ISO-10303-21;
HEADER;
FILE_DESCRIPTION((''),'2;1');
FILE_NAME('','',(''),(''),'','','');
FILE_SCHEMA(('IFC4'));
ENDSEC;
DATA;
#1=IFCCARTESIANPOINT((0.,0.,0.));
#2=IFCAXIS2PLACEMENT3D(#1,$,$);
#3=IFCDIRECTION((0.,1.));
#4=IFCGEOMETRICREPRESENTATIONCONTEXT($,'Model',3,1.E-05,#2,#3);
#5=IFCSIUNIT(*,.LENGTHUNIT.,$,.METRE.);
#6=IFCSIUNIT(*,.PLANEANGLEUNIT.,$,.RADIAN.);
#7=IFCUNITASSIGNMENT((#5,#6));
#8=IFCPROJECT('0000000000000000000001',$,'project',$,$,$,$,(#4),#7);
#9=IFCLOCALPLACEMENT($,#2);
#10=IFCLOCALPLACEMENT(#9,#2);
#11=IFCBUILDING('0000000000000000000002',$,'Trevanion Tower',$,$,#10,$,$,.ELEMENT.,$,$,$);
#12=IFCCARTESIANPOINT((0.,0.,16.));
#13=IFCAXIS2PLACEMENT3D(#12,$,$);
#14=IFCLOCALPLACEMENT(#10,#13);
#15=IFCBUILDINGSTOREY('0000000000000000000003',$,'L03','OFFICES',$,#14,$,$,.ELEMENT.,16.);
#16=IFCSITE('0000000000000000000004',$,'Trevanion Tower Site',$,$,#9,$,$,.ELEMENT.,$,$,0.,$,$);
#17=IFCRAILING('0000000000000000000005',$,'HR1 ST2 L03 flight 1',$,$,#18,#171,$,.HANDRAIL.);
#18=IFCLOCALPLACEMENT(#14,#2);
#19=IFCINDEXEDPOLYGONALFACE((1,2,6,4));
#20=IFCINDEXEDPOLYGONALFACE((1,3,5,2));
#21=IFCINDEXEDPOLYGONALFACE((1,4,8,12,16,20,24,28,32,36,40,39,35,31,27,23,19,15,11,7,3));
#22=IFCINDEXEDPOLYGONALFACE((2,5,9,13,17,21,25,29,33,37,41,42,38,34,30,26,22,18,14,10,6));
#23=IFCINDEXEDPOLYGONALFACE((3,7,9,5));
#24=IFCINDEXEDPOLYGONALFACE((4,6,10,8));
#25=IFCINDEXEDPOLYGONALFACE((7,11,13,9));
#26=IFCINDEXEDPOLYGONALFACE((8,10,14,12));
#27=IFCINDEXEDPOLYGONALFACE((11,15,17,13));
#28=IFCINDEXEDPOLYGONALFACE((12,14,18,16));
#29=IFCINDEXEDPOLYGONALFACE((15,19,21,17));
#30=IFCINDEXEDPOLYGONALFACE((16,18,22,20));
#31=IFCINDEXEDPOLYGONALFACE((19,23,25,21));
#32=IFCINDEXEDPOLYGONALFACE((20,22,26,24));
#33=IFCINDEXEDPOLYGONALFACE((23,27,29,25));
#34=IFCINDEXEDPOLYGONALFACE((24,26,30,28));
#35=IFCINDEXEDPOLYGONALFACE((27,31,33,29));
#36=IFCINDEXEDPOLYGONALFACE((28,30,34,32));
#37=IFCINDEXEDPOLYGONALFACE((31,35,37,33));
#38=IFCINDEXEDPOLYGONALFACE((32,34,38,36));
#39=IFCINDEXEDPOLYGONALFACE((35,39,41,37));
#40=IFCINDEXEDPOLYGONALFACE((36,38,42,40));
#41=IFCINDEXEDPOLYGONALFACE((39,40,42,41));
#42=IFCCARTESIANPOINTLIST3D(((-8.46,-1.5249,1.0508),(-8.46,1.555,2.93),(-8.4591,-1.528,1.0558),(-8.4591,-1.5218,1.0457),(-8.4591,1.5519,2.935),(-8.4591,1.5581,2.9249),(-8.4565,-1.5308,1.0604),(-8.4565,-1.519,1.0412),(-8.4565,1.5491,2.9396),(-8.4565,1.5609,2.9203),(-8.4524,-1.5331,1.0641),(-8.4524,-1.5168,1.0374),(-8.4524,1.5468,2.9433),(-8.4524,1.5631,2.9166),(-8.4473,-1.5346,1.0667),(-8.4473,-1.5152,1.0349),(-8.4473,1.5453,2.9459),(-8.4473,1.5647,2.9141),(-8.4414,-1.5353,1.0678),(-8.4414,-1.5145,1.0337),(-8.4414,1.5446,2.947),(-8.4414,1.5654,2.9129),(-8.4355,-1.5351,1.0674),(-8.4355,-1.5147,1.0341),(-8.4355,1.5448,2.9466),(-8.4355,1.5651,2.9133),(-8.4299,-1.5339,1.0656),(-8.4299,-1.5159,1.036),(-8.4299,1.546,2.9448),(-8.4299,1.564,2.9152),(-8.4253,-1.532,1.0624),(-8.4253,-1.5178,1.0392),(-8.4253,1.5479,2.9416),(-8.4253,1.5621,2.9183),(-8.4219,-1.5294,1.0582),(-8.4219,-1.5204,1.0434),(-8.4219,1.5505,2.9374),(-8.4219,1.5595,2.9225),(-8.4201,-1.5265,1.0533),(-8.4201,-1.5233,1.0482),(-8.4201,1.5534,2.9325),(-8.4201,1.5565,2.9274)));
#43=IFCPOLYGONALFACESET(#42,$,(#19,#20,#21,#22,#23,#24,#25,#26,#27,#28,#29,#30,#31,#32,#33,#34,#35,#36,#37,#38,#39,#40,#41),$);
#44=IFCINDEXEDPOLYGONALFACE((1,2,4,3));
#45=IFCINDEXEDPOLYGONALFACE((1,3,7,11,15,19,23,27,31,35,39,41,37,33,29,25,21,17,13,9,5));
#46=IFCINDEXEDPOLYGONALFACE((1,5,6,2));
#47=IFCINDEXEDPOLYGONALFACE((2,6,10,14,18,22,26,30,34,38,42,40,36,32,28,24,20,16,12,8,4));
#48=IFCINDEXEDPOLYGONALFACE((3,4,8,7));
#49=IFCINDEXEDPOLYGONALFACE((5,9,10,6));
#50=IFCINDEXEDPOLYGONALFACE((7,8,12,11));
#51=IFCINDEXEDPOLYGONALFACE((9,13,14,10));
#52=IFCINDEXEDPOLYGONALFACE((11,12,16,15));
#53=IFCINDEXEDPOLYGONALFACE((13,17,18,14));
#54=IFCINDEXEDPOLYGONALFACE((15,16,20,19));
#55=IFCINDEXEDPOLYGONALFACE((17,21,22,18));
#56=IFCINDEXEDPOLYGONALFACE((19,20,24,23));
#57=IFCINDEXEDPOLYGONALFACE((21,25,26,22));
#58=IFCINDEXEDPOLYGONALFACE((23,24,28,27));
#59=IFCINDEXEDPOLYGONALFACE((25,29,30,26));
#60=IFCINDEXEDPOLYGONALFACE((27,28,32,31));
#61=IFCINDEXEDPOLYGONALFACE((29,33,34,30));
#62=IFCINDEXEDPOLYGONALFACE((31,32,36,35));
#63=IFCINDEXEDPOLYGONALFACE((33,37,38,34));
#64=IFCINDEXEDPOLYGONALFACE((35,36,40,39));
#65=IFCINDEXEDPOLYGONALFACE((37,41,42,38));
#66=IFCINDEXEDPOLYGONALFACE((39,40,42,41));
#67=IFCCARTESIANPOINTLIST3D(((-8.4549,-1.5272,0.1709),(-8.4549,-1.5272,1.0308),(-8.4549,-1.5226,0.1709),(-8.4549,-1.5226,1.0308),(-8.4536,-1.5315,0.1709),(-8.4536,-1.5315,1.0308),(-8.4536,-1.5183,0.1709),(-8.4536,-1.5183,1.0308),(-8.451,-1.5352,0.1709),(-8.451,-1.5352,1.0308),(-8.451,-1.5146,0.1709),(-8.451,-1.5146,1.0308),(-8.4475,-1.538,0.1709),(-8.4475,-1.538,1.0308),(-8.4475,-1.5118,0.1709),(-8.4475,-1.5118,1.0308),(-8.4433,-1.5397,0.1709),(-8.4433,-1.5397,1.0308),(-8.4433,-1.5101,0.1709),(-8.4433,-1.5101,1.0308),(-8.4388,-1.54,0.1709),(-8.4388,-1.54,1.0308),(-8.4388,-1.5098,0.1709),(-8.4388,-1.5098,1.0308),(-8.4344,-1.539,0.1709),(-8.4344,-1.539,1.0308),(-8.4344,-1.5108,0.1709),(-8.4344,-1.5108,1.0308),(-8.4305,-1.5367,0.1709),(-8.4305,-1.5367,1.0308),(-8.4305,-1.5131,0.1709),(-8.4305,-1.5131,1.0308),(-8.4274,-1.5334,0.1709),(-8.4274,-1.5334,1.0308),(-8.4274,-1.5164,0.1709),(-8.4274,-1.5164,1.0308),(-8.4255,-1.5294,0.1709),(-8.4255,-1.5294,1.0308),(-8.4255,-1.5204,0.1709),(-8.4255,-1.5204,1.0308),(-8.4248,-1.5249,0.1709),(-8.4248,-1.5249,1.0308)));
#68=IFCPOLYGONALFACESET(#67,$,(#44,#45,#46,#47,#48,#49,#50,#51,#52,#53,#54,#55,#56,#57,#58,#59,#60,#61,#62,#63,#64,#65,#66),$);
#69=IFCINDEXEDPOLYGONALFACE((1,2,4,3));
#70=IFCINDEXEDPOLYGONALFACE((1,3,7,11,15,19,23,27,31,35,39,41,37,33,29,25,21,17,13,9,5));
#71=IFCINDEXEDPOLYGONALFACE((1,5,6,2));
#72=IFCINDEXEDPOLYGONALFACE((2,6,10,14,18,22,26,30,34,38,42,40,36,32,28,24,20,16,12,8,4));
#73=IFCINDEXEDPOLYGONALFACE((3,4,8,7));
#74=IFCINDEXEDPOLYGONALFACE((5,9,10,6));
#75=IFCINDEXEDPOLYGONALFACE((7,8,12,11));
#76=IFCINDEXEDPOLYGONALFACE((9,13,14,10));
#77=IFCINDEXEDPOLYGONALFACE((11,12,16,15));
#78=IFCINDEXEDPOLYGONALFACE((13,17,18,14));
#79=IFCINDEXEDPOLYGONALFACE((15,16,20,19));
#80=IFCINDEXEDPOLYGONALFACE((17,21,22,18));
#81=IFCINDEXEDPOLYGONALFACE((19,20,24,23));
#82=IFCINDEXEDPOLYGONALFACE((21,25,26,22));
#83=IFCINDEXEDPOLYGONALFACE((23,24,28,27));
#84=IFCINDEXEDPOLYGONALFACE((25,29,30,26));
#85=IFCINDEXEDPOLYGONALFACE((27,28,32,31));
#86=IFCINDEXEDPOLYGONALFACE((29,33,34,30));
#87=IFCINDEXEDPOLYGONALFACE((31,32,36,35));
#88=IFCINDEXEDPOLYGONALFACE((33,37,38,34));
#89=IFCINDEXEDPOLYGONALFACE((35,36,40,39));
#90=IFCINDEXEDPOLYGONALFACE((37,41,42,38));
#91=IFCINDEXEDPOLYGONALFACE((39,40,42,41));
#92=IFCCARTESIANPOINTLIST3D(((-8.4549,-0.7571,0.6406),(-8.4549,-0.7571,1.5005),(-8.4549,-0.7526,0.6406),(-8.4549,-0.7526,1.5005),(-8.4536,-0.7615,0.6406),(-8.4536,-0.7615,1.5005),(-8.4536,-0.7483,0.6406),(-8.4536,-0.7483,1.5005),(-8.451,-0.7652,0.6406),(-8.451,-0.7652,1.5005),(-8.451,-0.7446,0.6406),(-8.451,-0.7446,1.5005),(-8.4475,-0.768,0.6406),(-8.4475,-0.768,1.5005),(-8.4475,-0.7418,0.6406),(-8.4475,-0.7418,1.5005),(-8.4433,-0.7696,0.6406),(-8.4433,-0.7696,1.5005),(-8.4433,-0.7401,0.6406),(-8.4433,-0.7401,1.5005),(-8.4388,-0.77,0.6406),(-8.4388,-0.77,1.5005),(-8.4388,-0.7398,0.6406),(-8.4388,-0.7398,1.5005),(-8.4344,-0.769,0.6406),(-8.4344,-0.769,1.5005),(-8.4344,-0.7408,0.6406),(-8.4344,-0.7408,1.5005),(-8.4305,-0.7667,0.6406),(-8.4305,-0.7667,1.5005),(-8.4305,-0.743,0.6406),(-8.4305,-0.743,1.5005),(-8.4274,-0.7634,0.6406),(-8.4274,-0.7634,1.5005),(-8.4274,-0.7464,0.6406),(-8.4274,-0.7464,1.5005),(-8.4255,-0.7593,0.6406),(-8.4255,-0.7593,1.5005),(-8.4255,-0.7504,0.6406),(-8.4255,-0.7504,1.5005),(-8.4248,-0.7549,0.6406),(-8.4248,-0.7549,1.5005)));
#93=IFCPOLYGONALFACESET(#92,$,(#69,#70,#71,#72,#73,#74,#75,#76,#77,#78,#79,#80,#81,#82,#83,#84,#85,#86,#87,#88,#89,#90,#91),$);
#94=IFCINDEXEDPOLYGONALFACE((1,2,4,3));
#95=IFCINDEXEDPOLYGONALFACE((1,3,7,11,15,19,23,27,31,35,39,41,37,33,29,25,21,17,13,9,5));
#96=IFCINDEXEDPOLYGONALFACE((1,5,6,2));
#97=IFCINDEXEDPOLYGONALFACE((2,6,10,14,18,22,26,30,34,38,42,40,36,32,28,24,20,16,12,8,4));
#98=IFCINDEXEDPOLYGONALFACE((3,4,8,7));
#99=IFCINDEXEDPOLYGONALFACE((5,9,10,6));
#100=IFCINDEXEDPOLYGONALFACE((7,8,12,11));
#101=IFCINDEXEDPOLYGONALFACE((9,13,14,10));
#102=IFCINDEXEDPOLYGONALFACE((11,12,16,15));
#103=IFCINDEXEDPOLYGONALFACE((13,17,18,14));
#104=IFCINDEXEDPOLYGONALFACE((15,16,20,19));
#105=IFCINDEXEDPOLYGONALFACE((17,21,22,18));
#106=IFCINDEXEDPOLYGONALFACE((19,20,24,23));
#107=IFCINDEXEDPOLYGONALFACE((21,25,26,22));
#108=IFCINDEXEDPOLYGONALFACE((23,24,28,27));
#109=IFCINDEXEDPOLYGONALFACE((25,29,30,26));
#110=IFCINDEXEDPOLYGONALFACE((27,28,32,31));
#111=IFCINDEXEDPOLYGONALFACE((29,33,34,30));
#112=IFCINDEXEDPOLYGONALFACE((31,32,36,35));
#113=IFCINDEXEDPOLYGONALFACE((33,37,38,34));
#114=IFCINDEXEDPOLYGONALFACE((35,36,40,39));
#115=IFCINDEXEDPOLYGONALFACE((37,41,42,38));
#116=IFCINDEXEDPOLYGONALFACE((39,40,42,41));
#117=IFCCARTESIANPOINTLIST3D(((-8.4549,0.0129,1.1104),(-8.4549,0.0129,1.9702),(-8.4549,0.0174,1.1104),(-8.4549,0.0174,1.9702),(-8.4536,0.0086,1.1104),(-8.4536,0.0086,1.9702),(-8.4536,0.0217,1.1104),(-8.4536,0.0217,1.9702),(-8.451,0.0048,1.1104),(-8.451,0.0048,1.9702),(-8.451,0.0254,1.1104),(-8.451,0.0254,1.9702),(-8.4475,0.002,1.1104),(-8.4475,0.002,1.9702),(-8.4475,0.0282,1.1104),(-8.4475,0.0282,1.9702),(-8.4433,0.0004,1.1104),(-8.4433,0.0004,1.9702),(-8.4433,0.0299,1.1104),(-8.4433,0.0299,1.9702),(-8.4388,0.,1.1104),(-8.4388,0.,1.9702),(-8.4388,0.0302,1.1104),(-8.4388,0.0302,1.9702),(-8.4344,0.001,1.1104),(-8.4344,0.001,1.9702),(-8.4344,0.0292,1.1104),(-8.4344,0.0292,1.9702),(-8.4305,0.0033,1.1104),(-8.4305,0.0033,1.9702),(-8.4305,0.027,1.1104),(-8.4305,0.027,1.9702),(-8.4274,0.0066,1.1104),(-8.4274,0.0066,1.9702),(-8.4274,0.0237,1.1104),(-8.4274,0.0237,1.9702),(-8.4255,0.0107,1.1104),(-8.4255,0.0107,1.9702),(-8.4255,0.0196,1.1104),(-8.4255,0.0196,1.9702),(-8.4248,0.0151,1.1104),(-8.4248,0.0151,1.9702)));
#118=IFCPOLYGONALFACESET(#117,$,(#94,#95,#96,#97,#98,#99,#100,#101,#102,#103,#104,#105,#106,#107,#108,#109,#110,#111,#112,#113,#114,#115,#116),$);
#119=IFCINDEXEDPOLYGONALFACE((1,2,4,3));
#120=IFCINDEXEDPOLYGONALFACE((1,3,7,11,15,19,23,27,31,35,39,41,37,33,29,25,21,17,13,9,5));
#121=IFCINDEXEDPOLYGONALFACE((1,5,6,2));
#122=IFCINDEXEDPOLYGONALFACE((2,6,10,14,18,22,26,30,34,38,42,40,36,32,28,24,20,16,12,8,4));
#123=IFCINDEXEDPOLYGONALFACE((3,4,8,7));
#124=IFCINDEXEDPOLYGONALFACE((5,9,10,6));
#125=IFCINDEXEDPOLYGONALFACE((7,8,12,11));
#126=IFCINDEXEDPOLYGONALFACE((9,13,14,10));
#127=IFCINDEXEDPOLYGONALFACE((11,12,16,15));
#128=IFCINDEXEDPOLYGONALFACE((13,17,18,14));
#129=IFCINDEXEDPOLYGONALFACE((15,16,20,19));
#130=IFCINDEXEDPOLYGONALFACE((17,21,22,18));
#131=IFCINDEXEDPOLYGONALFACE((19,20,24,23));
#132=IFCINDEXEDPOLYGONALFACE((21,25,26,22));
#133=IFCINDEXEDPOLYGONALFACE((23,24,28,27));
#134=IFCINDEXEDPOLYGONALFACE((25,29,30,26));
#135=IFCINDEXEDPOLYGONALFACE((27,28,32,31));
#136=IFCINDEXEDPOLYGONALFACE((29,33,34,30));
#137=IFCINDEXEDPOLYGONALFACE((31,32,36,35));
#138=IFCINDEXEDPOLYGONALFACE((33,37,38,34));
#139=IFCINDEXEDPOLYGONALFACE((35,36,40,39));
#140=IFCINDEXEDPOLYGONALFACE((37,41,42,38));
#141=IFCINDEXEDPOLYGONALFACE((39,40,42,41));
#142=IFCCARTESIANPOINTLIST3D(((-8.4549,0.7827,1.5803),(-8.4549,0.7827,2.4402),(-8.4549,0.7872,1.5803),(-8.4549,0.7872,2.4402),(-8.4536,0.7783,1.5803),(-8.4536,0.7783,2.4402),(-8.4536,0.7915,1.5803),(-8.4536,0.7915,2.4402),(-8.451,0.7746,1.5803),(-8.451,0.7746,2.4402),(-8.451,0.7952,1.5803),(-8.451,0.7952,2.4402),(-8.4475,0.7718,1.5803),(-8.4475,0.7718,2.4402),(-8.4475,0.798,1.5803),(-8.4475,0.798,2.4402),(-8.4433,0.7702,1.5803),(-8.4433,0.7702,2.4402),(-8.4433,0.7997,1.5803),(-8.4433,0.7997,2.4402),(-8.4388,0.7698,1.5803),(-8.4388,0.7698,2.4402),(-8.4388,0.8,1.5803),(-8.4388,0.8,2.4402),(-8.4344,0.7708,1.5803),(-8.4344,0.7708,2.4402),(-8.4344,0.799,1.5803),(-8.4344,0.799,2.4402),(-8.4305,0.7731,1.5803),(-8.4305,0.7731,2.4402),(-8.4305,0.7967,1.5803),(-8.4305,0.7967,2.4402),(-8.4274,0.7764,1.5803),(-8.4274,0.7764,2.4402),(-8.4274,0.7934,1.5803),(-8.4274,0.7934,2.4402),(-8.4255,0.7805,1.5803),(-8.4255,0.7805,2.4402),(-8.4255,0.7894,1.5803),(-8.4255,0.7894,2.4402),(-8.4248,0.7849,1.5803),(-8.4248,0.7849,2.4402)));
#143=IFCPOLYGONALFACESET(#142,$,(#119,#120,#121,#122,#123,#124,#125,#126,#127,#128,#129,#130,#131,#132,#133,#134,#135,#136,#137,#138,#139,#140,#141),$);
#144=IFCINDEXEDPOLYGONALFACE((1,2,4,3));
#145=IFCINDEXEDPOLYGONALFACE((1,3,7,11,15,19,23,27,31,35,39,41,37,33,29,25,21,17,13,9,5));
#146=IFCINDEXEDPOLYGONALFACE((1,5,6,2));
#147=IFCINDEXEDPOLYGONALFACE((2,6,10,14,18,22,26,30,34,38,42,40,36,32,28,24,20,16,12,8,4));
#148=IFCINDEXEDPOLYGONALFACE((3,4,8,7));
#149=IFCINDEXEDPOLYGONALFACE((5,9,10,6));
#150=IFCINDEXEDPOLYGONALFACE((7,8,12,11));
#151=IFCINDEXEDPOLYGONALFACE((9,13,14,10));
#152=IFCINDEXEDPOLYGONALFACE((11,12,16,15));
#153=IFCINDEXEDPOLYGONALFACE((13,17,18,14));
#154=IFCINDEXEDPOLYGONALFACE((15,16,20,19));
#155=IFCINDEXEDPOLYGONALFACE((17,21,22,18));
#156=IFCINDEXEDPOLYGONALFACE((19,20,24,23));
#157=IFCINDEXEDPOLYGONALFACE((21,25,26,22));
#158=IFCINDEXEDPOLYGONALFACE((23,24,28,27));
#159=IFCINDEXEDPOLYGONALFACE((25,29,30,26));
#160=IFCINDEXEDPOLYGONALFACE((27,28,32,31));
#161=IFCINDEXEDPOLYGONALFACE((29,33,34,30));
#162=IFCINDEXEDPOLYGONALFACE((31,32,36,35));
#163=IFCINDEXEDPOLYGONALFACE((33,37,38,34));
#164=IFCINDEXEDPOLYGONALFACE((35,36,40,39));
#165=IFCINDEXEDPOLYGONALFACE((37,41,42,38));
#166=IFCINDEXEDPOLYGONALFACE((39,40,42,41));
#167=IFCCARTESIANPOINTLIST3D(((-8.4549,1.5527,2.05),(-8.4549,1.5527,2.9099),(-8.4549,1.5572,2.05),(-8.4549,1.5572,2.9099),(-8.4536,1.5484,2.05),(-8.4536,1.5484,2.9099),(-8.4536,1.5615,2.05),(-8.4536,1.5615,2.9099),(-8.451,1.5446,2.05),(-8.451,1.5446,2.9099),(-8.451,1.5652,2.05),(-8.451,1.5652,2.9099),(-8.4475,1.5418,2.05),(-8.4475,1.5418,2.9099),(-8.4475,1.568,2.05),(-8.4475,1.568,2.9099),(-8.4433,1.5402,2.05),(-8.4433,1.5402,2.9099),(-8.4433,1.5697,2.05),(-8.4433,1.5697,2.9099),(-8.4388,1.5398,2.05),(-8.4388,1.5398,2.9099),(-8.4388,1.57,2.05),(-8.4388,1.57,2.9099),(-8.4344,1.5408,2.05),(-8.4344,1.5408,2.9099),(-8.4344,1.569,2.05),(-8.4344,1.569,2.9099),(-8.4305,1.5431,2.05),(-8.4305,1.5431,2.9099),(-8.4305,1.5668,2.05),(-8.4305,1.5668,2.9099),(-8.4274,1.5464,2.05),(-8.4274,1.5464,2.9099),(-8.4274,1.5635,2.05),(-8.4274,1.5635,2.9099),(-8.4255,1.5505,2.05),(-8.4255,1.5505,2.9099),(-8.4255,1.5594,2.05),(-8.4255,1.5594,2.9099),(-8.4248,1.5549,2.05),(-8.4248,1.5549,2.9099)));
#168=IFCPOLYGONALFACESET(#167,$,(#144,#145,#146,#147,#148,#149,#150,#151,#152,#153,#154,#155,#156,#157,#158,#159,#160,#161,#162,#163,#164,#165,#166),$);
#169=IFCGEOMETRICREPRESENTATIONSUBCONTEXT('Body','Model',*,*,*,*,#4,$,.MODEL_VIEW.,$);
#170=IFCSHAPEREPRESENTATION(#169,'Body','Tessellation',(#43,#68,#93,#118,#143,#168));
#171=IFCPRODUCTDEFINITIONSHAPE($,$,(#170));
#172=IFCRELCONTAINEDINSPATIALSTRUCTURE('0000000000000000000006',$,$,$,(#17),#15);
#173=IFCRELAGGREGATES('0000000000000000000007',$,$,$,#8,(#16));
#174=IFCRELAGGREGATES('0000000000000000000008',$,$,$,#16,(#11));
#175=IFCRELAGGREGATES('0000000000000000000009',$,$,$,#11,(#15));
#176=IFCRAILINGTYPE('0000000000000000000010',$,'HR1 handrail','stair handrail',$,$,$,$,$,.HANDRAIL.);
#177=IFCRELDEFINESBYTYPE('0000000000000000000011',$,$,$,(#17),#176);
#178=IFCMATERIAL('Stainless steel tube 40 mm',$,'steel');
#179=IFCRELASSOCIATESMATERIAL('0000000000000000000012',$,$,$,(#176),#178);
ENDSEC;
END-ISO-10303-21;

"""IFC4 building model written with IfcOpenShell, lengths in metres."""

from ifc_helpers import new_model, si_unit, direction, frame, origin, origin_2d, place, context, subcontext, project, spatial, circle, extrude, material, type_object, element, save


model = new_model("IFC4")

# Units and contexts
model_context = context("Model", 3, precision=1e-05, world=origin(), true_north=direction((0.0, 1.0)))
body_context = subcontext(model_context, "Body", "Model", "MODEL_VIEW")
ifc_project = project(units=[si_unit("LENGTHUNIT", "METRE"), si_unit("PLANEANGLEUNIT", "RADIAN")], contexts=[model_context])

# Site, building, storey
site_placement = place(None, origin())
site = spatial("IfcSite", under=ifc_project, at=site_placement, Name="Trevanion Tower Site", CompositionType="ELEMENT", RefElevation=0.0)
building_placement = place(site_placement, origin())
building = spatial("IfcBuilding", under=site, at=building_placement, Name="Trevanion Tower", CompositionType="ELEMENT")
storey_placement = place(building_placement, frame((0.0, 0.0, 16.0)))
storey = spatial("IfcBuildingStorey", under=building, at=storey_placement, Name="L03", Description="OFFICES", CompositionType="ELEMENT", Elevation=16.0)

# Railing
ifc_material_1 = material(Name="Stainless steel tube 40 mm", Category="steel")
railing_type = type_object("IfcRailingType", Name="HR1 handrail", Description="stair handrail", PredefinedType="HANDRAIL", material=ifc_material_1)
railing_placement = place(storey_placement, frame((-8.4399, -1.5249, 0.1709)))
element("IfcRailing", 1, at=railing_placement, inside=storey, type_object=railing_type, Name="HR1 ST2 L03 flight 1", PredefinedType="HANDRAIL", context=body_context, shape_type="SweptSolid", body=[
    extrude(circle(Radius=0.02, at=origin_2d()), frame((0.0, 0.0, 0.8799), z_axis=(0.0, 0.853648, 0.52085), x_axis=(-1.0, 0.0, 0.0)), (0.0, 0.0, 1.0), 3.6079),
    extrude(circle(Radius=0.0151, at=origin_2d()), origin(), (0.0, 0.0, 1.0), 0.8599),
    extrude(circle(Radius=0.0151, at=origin_2d()), frame((0.0, 0.77, 0.4697)), (0.0, 0.0, 1.0), 0.8599),
    extrude(circle(Radius=0.0151, at=origin_2d()), frame((0.0, 1.54, 0.9395)), (0.0, 0.0, 1.0), 0.8599),
    extrude(circle(Radius=0.0151, at=origin_2d()), frame((0.0, 2.3098, 1.4094)), (0.0, 0.0, 1.0), 0.8599),
    extrude(circle(Radius=0.0151, at=origin_2d()), frame((0.0, 3.0798, 1.8792)), (0.0, 0.0, 1.0), 0.8599),
])

save(model, "model.ifc")
